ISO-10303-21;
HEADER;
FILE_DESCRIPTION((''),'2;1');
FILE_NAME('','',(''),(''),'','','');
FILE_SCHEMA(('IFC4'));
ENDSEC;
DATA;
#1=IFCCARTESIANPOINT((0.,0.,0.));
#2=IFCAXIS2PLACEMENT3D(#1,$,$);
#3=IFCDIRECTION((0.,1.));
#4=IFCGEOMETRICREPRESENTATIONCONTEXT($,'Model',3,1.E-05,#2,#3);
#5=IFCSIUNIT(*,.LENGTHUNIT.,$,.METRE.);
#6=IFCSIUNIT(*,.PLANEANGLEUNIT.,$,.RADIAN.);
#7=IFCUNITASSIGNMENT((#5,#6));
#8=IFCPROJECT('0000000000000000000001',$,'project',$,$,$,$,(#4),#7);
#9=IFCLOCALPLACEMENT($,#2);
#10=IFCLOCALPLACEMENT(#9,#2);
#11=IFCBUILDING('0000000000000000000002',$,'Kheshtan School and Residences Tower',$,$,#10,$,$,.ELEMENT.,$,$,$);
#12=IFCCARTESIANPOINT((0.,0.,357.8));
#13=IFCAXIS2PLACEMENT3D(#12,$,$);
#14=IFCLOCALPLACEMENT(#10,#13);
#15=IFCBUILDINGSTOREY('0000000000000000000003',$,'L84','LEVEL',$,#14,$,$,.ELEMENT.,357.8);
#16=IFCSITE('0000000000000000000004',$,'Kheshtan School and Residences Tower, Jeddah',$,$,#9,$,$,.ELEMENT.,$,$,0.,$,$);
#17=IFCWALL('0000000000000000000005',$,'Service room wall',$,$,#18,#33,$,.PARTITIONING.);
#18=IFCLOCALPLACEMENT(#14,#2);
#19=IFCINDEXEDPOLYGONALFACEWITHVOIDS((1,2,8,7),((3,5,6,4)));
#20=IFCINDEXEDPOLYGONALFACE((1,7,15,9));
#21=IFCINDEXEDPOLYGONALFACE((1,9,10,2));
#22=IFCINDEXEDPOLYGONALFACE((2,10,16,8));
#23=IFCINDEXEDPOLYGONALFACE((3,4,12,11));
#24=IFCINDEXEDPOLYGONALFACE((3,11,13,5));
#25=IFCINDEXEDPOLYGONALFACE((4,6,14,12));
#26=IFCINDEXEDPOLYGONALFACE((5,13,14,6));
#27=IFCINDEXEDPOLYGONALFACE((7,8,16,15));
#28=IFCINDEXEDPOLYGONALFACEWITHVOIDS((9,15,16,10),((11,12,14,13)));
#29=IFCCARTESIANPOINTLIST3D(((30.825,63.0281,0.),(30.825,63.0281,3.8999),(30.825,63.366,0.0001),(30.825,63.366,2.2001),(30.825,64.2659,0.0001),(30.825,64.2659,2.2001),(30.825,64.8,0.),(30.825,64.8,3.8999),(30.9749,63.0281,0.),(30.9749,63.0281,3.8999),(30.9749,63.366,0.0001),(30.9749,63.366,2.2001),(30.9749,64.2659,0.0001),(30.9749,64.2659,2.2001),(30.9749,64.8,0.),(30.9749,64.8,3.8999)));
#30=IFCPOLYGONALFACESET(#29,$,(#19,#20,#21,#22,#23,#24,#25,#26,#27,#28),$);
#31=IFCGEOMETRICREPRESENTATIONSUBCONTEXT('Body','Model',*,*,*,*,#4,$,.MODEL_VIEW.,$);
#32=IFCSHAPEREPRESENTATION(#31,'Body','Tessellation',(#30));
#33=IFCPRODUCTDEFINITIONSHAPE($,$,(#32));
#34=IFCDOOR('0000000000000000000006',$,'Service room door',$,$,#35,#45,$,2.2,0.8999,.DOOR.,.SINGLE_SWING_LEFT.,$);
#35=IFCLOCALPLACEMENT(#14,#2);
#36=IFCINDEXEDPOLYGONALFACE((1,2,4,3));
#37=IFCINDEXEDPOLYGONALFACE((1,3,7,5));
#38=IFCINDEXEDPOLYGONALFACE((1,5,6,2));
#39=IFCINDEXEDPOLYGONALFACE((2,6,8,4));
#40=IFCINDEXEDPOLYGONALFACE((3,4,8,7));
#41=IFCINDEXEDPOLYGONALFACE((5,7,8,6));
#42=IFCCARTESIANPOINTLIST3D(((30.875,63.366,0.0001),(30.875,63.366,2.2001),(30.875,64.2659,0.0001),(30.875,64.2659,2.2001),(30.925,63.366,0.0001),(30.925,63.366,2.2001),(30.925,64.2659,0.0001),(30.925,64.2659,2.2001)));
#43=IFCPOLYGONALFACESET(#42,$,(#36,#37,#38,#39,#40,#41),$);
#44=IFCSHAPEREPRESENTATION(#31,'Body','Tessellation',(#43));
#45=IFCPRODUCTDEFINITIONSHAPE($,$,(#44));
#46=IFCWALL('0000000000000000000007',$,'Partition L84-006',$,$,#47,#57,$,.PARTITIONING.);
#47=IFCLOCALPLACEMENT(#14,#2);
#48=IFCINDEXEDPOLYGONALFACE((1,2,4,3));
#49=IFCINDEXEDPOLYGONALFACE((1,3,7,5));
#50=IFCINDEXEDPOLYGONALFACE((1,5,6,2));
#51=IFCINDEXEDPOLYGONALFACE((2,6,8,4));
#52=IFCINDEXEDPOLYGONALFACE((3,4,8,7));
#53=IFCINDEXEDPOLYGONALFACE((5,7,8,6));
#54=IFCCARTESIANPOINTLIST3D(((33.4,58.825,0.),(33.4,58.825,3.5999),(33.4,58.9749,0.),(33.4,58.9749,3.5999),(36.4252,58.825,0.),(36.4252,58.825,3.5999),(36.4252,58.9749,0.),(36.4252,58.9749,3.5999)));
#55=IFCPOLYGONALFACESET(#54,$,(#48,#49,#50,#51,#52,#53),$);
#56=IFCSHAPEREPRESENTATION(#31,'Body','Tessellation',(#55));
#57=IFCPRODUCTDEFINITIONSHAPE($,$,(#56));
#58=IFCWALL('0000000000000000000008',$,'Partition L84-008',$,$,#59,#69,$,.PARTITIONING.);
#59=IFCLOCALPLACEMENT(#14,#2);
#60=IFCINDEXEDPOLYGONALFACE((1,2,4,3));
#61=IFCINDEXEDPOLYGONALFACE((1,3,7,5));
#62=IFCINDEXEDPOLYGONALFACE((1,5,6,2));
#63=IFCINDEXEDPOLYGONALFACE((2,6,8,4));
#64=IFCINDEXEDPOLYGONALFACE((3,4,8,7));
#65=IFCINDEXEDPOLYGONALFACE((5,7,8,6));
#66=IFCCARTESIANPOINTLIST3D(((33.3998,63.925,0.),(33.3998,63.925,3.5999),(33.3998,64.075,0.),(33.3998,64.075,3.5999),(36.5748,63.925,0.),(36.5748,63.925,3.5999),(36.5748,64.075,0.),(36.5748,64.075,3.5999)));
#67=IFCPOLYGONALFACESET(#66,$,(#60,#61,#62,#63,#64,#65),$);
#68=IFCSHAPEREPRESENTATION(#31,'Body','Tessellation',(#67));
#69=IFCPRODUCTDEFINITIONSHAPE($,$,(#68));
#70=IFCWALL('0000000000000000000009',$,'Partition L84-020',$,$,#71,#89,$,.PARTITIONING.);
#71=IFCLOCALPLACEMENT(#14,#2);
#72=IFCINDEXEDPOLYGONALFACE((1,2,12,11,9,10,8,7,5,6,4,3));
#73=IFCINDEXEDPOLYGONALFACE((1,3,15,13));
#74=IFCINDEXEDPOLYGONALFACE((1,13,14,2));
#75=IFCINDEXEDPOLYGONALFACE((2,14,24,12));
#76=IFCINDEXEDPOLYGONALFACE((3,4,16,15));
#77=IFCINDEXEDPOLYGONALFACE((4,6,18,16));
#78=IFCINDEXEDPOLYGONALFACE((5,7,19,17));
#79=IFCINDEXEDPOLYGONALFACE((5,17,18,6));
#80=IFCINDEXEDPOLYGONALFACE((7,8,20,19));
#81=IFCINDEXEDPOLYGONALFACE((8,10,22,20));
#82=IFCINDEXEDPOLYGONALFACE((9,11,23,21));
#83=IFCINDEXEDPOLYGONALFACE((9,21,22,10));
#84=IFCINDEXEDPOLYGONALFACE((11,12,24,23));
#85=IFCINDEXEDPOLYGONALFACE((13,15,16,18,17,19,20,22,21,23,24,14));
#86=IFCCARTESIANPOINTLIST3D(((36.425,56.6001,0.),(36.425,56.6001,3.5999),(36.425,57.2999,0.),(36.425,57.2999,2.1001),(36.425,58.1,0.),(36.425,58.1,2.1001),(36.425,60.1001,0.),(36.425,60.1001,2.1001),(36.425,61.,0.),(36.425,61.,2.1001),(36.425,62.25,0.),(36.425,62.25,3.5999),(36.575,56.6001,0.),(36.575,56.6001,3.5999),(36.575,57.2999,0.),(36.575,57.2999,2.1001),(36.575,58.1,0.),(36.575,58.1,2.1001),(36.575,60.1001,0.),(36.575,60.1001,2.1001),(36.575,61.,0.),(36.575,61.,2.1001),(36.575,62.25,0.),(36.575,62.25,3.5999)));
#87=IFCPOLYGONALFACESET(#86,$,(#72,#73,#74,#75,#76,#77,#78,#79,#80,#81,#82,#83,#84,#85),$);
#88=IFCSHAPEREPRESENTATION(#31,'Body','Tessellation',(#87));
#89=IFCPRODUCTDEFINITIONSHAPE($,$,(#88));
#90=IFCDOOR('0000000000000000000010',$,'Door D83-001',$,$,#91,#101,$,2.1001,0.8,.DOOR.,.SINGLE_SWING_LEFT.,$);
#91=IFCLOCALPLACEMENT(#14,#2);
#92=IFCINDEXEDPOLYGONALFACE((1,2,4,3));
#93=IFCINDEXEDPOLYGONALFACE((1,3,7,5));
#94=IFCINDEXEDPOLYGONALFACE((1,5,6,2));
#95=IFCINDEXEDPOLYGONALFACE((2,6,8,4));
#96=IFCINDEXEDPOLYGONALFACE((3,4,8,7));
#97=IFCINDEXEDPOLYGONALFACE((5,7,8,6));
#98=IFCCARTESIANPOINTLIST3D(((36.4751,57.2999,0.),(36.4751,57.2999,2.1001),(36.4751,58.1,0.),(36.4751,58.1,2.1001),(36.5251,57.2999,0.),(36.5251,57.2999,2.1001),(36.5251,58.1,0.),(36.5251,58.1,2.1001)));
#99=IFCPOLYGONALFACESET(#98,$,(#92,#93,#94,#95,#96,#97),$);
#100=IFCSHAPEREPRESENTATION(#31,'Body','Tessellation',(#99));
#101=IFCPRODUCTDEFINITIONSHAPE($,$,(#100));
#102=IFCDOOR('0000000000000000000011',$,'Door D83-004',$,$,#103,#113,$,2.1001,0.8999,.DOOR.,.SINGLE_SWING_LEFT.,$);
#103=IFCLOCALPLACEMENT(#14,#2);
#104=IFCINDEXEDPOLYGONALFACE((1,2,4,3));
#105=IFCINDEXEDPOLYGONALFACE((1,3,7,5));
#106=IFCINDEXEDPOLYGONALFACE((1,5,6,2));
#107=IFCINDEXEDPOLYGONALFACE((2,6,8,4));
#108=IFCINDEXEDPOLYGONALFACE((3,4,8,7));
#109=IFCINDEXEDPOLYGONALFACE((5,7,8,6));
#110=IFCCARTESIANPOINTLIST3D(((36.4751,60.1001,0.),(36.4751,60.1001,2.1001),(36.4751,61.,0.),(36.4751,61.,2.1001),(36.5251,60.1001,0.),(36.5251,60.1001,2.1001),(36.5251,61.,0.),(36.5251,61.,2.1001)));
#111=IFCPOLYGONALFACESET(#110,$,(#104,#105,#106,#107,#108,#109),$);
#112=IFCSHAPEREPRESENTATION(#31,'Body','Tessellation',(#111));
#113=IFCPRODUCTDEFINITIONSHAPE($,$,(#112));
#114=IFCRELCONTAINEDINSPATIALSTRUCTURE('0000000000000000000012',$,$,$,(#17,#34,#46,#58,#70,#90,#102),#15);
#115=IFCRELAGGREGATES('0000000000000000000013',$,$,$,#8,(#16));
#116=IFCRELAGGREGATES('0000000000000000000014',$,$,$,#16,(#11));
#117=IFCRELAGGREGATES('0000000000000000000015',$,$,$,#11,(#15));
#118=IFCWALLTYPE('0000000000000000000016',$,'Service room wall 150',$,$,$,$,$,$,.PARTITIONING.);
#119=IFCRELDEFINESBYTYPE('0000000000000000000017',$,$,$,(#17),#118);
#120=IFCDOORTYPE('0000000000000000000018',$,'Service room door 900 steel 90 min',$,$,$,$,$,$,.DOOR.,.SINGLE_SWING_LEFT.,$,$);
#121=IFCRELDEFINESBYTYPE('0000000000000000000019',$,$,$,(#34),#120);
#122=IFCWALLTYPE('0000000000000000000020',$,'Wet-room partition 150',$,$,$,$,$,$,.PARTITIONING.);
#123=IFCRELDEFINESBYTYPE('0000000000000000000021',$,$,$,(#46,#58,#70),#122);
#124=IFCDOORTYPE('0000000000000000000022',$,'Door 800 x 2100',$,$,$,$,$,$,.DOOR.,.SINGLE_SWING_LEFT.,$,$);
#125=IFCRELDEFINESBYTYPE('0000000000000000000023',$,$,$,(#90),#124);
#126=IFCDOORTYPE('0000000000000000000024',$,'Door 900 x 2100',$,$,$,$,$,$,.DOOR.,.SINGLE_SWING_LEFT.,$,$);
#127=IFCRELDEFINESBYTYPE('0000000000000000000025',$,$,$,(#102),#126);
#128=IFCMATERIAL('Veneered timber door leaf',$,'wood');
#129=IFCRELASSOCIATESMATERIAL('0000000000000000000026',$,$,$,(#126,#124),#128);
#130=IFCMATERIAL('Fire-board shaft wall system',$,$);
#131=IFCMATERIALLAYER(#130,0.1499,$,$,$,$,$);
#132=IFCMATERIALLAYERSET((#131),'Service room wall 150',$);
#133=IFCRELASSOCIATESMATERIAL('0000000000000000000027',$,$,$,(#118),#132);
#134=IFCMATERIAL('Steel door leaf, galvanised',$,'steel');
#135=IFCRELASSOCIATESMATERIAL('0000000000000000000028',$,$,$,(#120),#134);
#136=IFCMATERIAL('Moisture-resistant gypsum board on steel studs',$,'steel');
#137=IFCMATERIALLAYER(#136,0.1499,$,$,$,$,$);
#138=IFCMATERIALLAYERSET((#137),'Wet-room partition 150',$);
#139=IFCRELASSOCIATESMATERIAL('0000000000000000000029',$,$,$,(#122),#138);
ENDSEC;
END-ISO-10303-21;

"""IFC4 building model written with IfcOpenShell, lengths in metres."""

from ifc_helpers import new_model, si_unit, direction, frame, frame_2d, origin, place, context, subcontext, project, spatial, rectangle, extrude, source, transform, mapped, material, layer, layer_set, type_object, element, fill, save


model = new_model("IFC4")

# Units and contexts
model_context = context("Model", 3, precision=1e-05, world=origin(), true_north=direction((0.0, 1.0)))
body_context = subcontext(model_context, "Body", "Model", "MODEL_VIEW")
ifc_project = project(units=[si_unit("LENGTHUNIT", "METRE"), si_unit("PLANEANGLEUNIT", "RADIAN")], contexts=[model_context])

# Site, building, storey
site_placement = place(None, origin())
site = spatial("IfcSite", under=ifc_project, at=site_placement, Name="Kheshtan School and Residences Tower, Jeddah", CompositionType="ELEMENT", RefElevation=0.0)
building_placement = place(site_placement, origin())
building = spatial("IfcBuilding", under=site, at=building_placement, Name="Kheshtan School and Residences Tower", CompositionType="ELEMENT")
storey_placement = place(building_placement, frame((0.0, 0.0, 357.8)))
storey = spatial("IfcBuildingStorey", under=building, at=storey_placement, Name="L84", Description="LEVEL", CompositionType="ELEMENT", Elevation=357.8)

# Shared definitions
ifc_material_1 = material(Name="Veneered timber door leaf", Category="wood")
door_type_1 = type_object("IfcDoorType", Name="Door 900 x 2100", OperationType="SINGLE_SWING_LEFT", PredefinedType="DOOR", material=ifc_material_1)
shared_shape_1 = source(origin(), body_context, "Body", "SweptSolid", [
    extrude(rectangle(XDim=0.8999, YDim=2.1001, at=frame_2d((0.45, 1.05))), frame((0.0, 0.0249, 0.0), z_axis=(0.0, -1.0, 0.0), x_axis=(1.0, 0.0, 0.0)), (0.0, 0.0, 1.0), 0.05),
])

# Shared definitions
ifc_material_2 = material(Name="Fire-board shaft wall system")
ifc_layer_1 = layer(ifc_material_2, 0.1499)
ifc_layer_set_1 = layer_set([ifc_layer_1], Name="Service room wall 150")
wall_type_1 = type_object("IfcWallType", Name="Service room wall 150", PredefinedType="PARTITIONING", material=ifc_layer_set_1)

# Wall, opening, door
wall_1_placement = place(storey_placement, frame((30.8999, 63.0281, 0.0), z_axis=(0.0, 0.0, 1.0), x_axis=(0.0, 1.0, 0.0)))
wall_1 = element("IfcWall", 1, at=wall_1_placement, inside=storey, type_object=wall_type_1, Name="Service room wall", PredefinedType="PARTITIONING", context=body_context, shape_type="SweptSolid", body=[
    extrude(rectangle(XDim=1.772, YDim=0.1499, at=frame_2d((0.886, 0.0))), origin(), (0.0, 0.0, 1.0), 3.8999),
])
opening_1_placement = place(wall_1_placement, frame((0.3379, 0.0, 0.0)))
opening_1 = element("IfcOpeningElement", 2, at=opening_1_placement, cuts=wall_1, PredefinedType="OPENING", context=body_context, shape_type="SweptSolid", body=[
    extrude(rectangle(XDim=0.8999, YDim=2.2, at=frame_2d((0.45, 1.1001))), frame((0.0, 0.085, 0.0), z_axis=(0.0, -1.0, 0.0), x_axis=(1.0, 0.0, 0.0)), (0.0, 0.0, 1.0), 0.1699),
])
ifc_material_3 = material(Name="Steel door leaf, galvanised", Category="steel")
door_type_2 = type_object("IfcDoorType", Name="Service room door 900 steel 90 min", OperationType="SINGLE_SWING_LEFT", PredefinedType="DOOR", material=ifc_material_3)
shared_shape_2 = source(origin(), body_context, "Body", "SweptSolid", [
    extrude(rectangle(XDim=0.8999, YDim=2.2, at=frame_2d((0.45, 1.1001))), frame((0.0, 0.0249, 0.0), z_axis=(0.0, -1.0, 0.0), x_axis=(1.0, 0.0, 0.0)), (0.0, 0.0, 1.0), 0.05),
])
door_1_placement = place(opening_1_placement, origin())
door_1 = element("IfcDoor", 3, at=door_1_placement, inside=storey, type_object=door_type_2, Name="Service room door", OperationType="SINGLE_SWING_LEFT", OverallHeight=2.2, OverallWidth=0.8999, PredefinedType="DOOR", context=body_context, shape_type="MappedRepresentation", body=[
    mapped(shared_shape_2, transform((0.0, 0.0, 0.0), x_axis=(1.0, 0.0, 0.0), y_axis=(0.0, 1.0, 0.0), z_axis=(0.0, 0.0, 1.0), scale=1.0)),
])
fill(opening_1, door_1)

# Walls
ifc_material_4 = material(Name="Moisture-resistant gypsum board on steel studs", Category="steel")
ifc_layer_2 = layer(ifc_material_4, 0.1499)
ifc_layer_set_2 = layer_set([ifc_layer_2], Name="Wet-room partition 150")
wall_type_2 = type_object("IfcWallType", Name="Wet-room partition 150", PredefinedType="PARTITIONING", material=ifc_layer_set_2)
wall_2_placement = place(storey_placement, frame((33.3999, 58.8999, 0.0), z_axis=(0.0, 0.0, 1.0), x_axis=(1.0, 0.0, 0.0)))
element("IfcWall", 4, at=wall_2_placement, inside=storey, type_object=wall_type_2, Name="Partition L84-006", PredefinedType="PARTITIONING", context=body_context, shape_type="SweptSolid", body=[
    extrude(rectangle(XDim=3.0251, YDim=0.1499, at=frame_2d((1.5127, 0.0))), origin(), (0.0, 0.0, 1.0), 3.5999),
])
wall_3_placement = place(storey_placement, frame((33.3999, 64.0, 0.0), z_axis=(0.0, 0.0, 1.0), x_axis=(1.0, 0.0, 0.0)))
element("IfcWall", 5, at=wall_3_placement, inside=storey, type_object=wall_type_2, Name="Partition L84-008", PredefinedType="PARTITIONING", context=body_context, shape_type="SweptSolid", body=[
    extrude(rectangle(XDim=3.175, YDim=0.1499, at=frame_2d((1.5874, 0.0))), origin(), (0.0, 0.0, 1.0), 3.5999),
])

# Wall, openings, doors
wall_4_placement = place(storey_placement, frame((36.5, 56.6001, 0.0), z_axis=(0.0, 0.0, 1.0), x_axis=(0.0, 1.0, 0.0)))
wall_4 = element("IfcWall", 6, at=wall_4_placement, inside=storey, type_object=wall_type_2, Name="Partition L84-020", PredefinedType="PARTITIONING", context=body_context, shape_type="SweptSolid", body=[
    extrude(rectangle(XDim=5.6499, YDim=0.1499, at=frame_2d((2.825, 0.0))), origin(), (0.0, 0.0, 1.0), 3.5999),
])
opening_2_placement = place(wall_4_placement, frame((0.7, 0.0, 0.0)))
opening_2 = element("IfcOpeningElement", 7, at=opening_2_placement, cuts=wall_4, PredefinedType="OPENING", context=body_context, shape_type="SweptSolid", body=[
    extrude(rectangle(XDim=0.8, YDim=2.1001, at=frame_2d((0.3999, 1.05))), frame((0.0, 0.085, 0.0), z_axis=(0.0, -1.0, 0.0), x_axis=(1.0, 0.0, 0.0)), (0.0, 0.0, 1.0), 0.1699),
])
opening_3_placement = place(wall_4_placement, frame((3.5, 0.0, 0.0)))
opening_3 = element("IfcOpeningElement", 8, at=opening_3_placement, cuts=wall_4, PredefinedType="OPENING", context=body_context, shape_type="SweptSolid", body=[
    extrude(rectangle(XDim=0.8999, YDim=2.1001, at=frame_2d((0.45, 1.05))), frame((0.0, 0.085, 0.0), z_axis=(0.0, -1.0, 0.0), x_axis=(1.0, 0.0, 0.0)), (0.0, 0.0, 1.0), 0.1699),
])
door_type_3 = type_object("IfcDoorType", Name="Door 800 x 2100", OperationType="SINGLE_SWING_LEFT", PredefinedType="DOOR", material=ifc_material_1)
shared_shape_3 = source(origin(), body_context, "Body", "SweptSolid", [
    extrude(rectangle(XDim=0.8, YDim=2.1001, at=frame_2d((0.3999, 1.05))), frame((0.0, 0.0249, 0.0), z_axis=(0.0, -1.0, 0.0), x_axis=(1.0, 0.0, 0.0)), (0.0, 0.0, 1.0), 0.05),
])
door_2_placement = place(opening_2_placement, origin())
door_2 = element("IfcDoor", 9, at=door_2_placement, inside=storey, type_object=door_type_3, Name="Door D83-001", OperationType="SINGLE_SWING_LEFT", OverallHeight=2.1001, OverallWidth=0.8, PredefinedType="DOOR", context=body_context, shape_type="MappedRepresentation", body=[
    mapped(shared_shape_3, transform((0.0, 0.0, 0.0), x_axis=(1.0, 0.0, 0.0), y_axis=(0.0, 1.0, 0.0), z_axis=(0.0, 0.0, 1.0), scale=1.0)),
])
fill(opening_2, door_2)
door_3_placement = place(opening_3_placement, origin())
door_3 = element("IfcDoor", 10, at=door_3_placement, inside=storey, type_object=door_type_1, Name="Door D83-004", OperationType="SINGLE_SWING_LEFT", OverallHeight=2.1001, OverallWidth=0.8999, PredefinedType="DOOR", context=body_context, shape_type="MappedRepresentation", body=[
    mapped(shared_shape_1, transform((0.0, 0.0, 0.0), x_axis=(1.0, 0.0, 0.0), y_axis=(0.0, 1.0, 0.0), z_axis=(0.0, 0.0, 1.0), scale=1.0)),
])
fill(opening_3, door_3)

save(model, "model.ifc")
